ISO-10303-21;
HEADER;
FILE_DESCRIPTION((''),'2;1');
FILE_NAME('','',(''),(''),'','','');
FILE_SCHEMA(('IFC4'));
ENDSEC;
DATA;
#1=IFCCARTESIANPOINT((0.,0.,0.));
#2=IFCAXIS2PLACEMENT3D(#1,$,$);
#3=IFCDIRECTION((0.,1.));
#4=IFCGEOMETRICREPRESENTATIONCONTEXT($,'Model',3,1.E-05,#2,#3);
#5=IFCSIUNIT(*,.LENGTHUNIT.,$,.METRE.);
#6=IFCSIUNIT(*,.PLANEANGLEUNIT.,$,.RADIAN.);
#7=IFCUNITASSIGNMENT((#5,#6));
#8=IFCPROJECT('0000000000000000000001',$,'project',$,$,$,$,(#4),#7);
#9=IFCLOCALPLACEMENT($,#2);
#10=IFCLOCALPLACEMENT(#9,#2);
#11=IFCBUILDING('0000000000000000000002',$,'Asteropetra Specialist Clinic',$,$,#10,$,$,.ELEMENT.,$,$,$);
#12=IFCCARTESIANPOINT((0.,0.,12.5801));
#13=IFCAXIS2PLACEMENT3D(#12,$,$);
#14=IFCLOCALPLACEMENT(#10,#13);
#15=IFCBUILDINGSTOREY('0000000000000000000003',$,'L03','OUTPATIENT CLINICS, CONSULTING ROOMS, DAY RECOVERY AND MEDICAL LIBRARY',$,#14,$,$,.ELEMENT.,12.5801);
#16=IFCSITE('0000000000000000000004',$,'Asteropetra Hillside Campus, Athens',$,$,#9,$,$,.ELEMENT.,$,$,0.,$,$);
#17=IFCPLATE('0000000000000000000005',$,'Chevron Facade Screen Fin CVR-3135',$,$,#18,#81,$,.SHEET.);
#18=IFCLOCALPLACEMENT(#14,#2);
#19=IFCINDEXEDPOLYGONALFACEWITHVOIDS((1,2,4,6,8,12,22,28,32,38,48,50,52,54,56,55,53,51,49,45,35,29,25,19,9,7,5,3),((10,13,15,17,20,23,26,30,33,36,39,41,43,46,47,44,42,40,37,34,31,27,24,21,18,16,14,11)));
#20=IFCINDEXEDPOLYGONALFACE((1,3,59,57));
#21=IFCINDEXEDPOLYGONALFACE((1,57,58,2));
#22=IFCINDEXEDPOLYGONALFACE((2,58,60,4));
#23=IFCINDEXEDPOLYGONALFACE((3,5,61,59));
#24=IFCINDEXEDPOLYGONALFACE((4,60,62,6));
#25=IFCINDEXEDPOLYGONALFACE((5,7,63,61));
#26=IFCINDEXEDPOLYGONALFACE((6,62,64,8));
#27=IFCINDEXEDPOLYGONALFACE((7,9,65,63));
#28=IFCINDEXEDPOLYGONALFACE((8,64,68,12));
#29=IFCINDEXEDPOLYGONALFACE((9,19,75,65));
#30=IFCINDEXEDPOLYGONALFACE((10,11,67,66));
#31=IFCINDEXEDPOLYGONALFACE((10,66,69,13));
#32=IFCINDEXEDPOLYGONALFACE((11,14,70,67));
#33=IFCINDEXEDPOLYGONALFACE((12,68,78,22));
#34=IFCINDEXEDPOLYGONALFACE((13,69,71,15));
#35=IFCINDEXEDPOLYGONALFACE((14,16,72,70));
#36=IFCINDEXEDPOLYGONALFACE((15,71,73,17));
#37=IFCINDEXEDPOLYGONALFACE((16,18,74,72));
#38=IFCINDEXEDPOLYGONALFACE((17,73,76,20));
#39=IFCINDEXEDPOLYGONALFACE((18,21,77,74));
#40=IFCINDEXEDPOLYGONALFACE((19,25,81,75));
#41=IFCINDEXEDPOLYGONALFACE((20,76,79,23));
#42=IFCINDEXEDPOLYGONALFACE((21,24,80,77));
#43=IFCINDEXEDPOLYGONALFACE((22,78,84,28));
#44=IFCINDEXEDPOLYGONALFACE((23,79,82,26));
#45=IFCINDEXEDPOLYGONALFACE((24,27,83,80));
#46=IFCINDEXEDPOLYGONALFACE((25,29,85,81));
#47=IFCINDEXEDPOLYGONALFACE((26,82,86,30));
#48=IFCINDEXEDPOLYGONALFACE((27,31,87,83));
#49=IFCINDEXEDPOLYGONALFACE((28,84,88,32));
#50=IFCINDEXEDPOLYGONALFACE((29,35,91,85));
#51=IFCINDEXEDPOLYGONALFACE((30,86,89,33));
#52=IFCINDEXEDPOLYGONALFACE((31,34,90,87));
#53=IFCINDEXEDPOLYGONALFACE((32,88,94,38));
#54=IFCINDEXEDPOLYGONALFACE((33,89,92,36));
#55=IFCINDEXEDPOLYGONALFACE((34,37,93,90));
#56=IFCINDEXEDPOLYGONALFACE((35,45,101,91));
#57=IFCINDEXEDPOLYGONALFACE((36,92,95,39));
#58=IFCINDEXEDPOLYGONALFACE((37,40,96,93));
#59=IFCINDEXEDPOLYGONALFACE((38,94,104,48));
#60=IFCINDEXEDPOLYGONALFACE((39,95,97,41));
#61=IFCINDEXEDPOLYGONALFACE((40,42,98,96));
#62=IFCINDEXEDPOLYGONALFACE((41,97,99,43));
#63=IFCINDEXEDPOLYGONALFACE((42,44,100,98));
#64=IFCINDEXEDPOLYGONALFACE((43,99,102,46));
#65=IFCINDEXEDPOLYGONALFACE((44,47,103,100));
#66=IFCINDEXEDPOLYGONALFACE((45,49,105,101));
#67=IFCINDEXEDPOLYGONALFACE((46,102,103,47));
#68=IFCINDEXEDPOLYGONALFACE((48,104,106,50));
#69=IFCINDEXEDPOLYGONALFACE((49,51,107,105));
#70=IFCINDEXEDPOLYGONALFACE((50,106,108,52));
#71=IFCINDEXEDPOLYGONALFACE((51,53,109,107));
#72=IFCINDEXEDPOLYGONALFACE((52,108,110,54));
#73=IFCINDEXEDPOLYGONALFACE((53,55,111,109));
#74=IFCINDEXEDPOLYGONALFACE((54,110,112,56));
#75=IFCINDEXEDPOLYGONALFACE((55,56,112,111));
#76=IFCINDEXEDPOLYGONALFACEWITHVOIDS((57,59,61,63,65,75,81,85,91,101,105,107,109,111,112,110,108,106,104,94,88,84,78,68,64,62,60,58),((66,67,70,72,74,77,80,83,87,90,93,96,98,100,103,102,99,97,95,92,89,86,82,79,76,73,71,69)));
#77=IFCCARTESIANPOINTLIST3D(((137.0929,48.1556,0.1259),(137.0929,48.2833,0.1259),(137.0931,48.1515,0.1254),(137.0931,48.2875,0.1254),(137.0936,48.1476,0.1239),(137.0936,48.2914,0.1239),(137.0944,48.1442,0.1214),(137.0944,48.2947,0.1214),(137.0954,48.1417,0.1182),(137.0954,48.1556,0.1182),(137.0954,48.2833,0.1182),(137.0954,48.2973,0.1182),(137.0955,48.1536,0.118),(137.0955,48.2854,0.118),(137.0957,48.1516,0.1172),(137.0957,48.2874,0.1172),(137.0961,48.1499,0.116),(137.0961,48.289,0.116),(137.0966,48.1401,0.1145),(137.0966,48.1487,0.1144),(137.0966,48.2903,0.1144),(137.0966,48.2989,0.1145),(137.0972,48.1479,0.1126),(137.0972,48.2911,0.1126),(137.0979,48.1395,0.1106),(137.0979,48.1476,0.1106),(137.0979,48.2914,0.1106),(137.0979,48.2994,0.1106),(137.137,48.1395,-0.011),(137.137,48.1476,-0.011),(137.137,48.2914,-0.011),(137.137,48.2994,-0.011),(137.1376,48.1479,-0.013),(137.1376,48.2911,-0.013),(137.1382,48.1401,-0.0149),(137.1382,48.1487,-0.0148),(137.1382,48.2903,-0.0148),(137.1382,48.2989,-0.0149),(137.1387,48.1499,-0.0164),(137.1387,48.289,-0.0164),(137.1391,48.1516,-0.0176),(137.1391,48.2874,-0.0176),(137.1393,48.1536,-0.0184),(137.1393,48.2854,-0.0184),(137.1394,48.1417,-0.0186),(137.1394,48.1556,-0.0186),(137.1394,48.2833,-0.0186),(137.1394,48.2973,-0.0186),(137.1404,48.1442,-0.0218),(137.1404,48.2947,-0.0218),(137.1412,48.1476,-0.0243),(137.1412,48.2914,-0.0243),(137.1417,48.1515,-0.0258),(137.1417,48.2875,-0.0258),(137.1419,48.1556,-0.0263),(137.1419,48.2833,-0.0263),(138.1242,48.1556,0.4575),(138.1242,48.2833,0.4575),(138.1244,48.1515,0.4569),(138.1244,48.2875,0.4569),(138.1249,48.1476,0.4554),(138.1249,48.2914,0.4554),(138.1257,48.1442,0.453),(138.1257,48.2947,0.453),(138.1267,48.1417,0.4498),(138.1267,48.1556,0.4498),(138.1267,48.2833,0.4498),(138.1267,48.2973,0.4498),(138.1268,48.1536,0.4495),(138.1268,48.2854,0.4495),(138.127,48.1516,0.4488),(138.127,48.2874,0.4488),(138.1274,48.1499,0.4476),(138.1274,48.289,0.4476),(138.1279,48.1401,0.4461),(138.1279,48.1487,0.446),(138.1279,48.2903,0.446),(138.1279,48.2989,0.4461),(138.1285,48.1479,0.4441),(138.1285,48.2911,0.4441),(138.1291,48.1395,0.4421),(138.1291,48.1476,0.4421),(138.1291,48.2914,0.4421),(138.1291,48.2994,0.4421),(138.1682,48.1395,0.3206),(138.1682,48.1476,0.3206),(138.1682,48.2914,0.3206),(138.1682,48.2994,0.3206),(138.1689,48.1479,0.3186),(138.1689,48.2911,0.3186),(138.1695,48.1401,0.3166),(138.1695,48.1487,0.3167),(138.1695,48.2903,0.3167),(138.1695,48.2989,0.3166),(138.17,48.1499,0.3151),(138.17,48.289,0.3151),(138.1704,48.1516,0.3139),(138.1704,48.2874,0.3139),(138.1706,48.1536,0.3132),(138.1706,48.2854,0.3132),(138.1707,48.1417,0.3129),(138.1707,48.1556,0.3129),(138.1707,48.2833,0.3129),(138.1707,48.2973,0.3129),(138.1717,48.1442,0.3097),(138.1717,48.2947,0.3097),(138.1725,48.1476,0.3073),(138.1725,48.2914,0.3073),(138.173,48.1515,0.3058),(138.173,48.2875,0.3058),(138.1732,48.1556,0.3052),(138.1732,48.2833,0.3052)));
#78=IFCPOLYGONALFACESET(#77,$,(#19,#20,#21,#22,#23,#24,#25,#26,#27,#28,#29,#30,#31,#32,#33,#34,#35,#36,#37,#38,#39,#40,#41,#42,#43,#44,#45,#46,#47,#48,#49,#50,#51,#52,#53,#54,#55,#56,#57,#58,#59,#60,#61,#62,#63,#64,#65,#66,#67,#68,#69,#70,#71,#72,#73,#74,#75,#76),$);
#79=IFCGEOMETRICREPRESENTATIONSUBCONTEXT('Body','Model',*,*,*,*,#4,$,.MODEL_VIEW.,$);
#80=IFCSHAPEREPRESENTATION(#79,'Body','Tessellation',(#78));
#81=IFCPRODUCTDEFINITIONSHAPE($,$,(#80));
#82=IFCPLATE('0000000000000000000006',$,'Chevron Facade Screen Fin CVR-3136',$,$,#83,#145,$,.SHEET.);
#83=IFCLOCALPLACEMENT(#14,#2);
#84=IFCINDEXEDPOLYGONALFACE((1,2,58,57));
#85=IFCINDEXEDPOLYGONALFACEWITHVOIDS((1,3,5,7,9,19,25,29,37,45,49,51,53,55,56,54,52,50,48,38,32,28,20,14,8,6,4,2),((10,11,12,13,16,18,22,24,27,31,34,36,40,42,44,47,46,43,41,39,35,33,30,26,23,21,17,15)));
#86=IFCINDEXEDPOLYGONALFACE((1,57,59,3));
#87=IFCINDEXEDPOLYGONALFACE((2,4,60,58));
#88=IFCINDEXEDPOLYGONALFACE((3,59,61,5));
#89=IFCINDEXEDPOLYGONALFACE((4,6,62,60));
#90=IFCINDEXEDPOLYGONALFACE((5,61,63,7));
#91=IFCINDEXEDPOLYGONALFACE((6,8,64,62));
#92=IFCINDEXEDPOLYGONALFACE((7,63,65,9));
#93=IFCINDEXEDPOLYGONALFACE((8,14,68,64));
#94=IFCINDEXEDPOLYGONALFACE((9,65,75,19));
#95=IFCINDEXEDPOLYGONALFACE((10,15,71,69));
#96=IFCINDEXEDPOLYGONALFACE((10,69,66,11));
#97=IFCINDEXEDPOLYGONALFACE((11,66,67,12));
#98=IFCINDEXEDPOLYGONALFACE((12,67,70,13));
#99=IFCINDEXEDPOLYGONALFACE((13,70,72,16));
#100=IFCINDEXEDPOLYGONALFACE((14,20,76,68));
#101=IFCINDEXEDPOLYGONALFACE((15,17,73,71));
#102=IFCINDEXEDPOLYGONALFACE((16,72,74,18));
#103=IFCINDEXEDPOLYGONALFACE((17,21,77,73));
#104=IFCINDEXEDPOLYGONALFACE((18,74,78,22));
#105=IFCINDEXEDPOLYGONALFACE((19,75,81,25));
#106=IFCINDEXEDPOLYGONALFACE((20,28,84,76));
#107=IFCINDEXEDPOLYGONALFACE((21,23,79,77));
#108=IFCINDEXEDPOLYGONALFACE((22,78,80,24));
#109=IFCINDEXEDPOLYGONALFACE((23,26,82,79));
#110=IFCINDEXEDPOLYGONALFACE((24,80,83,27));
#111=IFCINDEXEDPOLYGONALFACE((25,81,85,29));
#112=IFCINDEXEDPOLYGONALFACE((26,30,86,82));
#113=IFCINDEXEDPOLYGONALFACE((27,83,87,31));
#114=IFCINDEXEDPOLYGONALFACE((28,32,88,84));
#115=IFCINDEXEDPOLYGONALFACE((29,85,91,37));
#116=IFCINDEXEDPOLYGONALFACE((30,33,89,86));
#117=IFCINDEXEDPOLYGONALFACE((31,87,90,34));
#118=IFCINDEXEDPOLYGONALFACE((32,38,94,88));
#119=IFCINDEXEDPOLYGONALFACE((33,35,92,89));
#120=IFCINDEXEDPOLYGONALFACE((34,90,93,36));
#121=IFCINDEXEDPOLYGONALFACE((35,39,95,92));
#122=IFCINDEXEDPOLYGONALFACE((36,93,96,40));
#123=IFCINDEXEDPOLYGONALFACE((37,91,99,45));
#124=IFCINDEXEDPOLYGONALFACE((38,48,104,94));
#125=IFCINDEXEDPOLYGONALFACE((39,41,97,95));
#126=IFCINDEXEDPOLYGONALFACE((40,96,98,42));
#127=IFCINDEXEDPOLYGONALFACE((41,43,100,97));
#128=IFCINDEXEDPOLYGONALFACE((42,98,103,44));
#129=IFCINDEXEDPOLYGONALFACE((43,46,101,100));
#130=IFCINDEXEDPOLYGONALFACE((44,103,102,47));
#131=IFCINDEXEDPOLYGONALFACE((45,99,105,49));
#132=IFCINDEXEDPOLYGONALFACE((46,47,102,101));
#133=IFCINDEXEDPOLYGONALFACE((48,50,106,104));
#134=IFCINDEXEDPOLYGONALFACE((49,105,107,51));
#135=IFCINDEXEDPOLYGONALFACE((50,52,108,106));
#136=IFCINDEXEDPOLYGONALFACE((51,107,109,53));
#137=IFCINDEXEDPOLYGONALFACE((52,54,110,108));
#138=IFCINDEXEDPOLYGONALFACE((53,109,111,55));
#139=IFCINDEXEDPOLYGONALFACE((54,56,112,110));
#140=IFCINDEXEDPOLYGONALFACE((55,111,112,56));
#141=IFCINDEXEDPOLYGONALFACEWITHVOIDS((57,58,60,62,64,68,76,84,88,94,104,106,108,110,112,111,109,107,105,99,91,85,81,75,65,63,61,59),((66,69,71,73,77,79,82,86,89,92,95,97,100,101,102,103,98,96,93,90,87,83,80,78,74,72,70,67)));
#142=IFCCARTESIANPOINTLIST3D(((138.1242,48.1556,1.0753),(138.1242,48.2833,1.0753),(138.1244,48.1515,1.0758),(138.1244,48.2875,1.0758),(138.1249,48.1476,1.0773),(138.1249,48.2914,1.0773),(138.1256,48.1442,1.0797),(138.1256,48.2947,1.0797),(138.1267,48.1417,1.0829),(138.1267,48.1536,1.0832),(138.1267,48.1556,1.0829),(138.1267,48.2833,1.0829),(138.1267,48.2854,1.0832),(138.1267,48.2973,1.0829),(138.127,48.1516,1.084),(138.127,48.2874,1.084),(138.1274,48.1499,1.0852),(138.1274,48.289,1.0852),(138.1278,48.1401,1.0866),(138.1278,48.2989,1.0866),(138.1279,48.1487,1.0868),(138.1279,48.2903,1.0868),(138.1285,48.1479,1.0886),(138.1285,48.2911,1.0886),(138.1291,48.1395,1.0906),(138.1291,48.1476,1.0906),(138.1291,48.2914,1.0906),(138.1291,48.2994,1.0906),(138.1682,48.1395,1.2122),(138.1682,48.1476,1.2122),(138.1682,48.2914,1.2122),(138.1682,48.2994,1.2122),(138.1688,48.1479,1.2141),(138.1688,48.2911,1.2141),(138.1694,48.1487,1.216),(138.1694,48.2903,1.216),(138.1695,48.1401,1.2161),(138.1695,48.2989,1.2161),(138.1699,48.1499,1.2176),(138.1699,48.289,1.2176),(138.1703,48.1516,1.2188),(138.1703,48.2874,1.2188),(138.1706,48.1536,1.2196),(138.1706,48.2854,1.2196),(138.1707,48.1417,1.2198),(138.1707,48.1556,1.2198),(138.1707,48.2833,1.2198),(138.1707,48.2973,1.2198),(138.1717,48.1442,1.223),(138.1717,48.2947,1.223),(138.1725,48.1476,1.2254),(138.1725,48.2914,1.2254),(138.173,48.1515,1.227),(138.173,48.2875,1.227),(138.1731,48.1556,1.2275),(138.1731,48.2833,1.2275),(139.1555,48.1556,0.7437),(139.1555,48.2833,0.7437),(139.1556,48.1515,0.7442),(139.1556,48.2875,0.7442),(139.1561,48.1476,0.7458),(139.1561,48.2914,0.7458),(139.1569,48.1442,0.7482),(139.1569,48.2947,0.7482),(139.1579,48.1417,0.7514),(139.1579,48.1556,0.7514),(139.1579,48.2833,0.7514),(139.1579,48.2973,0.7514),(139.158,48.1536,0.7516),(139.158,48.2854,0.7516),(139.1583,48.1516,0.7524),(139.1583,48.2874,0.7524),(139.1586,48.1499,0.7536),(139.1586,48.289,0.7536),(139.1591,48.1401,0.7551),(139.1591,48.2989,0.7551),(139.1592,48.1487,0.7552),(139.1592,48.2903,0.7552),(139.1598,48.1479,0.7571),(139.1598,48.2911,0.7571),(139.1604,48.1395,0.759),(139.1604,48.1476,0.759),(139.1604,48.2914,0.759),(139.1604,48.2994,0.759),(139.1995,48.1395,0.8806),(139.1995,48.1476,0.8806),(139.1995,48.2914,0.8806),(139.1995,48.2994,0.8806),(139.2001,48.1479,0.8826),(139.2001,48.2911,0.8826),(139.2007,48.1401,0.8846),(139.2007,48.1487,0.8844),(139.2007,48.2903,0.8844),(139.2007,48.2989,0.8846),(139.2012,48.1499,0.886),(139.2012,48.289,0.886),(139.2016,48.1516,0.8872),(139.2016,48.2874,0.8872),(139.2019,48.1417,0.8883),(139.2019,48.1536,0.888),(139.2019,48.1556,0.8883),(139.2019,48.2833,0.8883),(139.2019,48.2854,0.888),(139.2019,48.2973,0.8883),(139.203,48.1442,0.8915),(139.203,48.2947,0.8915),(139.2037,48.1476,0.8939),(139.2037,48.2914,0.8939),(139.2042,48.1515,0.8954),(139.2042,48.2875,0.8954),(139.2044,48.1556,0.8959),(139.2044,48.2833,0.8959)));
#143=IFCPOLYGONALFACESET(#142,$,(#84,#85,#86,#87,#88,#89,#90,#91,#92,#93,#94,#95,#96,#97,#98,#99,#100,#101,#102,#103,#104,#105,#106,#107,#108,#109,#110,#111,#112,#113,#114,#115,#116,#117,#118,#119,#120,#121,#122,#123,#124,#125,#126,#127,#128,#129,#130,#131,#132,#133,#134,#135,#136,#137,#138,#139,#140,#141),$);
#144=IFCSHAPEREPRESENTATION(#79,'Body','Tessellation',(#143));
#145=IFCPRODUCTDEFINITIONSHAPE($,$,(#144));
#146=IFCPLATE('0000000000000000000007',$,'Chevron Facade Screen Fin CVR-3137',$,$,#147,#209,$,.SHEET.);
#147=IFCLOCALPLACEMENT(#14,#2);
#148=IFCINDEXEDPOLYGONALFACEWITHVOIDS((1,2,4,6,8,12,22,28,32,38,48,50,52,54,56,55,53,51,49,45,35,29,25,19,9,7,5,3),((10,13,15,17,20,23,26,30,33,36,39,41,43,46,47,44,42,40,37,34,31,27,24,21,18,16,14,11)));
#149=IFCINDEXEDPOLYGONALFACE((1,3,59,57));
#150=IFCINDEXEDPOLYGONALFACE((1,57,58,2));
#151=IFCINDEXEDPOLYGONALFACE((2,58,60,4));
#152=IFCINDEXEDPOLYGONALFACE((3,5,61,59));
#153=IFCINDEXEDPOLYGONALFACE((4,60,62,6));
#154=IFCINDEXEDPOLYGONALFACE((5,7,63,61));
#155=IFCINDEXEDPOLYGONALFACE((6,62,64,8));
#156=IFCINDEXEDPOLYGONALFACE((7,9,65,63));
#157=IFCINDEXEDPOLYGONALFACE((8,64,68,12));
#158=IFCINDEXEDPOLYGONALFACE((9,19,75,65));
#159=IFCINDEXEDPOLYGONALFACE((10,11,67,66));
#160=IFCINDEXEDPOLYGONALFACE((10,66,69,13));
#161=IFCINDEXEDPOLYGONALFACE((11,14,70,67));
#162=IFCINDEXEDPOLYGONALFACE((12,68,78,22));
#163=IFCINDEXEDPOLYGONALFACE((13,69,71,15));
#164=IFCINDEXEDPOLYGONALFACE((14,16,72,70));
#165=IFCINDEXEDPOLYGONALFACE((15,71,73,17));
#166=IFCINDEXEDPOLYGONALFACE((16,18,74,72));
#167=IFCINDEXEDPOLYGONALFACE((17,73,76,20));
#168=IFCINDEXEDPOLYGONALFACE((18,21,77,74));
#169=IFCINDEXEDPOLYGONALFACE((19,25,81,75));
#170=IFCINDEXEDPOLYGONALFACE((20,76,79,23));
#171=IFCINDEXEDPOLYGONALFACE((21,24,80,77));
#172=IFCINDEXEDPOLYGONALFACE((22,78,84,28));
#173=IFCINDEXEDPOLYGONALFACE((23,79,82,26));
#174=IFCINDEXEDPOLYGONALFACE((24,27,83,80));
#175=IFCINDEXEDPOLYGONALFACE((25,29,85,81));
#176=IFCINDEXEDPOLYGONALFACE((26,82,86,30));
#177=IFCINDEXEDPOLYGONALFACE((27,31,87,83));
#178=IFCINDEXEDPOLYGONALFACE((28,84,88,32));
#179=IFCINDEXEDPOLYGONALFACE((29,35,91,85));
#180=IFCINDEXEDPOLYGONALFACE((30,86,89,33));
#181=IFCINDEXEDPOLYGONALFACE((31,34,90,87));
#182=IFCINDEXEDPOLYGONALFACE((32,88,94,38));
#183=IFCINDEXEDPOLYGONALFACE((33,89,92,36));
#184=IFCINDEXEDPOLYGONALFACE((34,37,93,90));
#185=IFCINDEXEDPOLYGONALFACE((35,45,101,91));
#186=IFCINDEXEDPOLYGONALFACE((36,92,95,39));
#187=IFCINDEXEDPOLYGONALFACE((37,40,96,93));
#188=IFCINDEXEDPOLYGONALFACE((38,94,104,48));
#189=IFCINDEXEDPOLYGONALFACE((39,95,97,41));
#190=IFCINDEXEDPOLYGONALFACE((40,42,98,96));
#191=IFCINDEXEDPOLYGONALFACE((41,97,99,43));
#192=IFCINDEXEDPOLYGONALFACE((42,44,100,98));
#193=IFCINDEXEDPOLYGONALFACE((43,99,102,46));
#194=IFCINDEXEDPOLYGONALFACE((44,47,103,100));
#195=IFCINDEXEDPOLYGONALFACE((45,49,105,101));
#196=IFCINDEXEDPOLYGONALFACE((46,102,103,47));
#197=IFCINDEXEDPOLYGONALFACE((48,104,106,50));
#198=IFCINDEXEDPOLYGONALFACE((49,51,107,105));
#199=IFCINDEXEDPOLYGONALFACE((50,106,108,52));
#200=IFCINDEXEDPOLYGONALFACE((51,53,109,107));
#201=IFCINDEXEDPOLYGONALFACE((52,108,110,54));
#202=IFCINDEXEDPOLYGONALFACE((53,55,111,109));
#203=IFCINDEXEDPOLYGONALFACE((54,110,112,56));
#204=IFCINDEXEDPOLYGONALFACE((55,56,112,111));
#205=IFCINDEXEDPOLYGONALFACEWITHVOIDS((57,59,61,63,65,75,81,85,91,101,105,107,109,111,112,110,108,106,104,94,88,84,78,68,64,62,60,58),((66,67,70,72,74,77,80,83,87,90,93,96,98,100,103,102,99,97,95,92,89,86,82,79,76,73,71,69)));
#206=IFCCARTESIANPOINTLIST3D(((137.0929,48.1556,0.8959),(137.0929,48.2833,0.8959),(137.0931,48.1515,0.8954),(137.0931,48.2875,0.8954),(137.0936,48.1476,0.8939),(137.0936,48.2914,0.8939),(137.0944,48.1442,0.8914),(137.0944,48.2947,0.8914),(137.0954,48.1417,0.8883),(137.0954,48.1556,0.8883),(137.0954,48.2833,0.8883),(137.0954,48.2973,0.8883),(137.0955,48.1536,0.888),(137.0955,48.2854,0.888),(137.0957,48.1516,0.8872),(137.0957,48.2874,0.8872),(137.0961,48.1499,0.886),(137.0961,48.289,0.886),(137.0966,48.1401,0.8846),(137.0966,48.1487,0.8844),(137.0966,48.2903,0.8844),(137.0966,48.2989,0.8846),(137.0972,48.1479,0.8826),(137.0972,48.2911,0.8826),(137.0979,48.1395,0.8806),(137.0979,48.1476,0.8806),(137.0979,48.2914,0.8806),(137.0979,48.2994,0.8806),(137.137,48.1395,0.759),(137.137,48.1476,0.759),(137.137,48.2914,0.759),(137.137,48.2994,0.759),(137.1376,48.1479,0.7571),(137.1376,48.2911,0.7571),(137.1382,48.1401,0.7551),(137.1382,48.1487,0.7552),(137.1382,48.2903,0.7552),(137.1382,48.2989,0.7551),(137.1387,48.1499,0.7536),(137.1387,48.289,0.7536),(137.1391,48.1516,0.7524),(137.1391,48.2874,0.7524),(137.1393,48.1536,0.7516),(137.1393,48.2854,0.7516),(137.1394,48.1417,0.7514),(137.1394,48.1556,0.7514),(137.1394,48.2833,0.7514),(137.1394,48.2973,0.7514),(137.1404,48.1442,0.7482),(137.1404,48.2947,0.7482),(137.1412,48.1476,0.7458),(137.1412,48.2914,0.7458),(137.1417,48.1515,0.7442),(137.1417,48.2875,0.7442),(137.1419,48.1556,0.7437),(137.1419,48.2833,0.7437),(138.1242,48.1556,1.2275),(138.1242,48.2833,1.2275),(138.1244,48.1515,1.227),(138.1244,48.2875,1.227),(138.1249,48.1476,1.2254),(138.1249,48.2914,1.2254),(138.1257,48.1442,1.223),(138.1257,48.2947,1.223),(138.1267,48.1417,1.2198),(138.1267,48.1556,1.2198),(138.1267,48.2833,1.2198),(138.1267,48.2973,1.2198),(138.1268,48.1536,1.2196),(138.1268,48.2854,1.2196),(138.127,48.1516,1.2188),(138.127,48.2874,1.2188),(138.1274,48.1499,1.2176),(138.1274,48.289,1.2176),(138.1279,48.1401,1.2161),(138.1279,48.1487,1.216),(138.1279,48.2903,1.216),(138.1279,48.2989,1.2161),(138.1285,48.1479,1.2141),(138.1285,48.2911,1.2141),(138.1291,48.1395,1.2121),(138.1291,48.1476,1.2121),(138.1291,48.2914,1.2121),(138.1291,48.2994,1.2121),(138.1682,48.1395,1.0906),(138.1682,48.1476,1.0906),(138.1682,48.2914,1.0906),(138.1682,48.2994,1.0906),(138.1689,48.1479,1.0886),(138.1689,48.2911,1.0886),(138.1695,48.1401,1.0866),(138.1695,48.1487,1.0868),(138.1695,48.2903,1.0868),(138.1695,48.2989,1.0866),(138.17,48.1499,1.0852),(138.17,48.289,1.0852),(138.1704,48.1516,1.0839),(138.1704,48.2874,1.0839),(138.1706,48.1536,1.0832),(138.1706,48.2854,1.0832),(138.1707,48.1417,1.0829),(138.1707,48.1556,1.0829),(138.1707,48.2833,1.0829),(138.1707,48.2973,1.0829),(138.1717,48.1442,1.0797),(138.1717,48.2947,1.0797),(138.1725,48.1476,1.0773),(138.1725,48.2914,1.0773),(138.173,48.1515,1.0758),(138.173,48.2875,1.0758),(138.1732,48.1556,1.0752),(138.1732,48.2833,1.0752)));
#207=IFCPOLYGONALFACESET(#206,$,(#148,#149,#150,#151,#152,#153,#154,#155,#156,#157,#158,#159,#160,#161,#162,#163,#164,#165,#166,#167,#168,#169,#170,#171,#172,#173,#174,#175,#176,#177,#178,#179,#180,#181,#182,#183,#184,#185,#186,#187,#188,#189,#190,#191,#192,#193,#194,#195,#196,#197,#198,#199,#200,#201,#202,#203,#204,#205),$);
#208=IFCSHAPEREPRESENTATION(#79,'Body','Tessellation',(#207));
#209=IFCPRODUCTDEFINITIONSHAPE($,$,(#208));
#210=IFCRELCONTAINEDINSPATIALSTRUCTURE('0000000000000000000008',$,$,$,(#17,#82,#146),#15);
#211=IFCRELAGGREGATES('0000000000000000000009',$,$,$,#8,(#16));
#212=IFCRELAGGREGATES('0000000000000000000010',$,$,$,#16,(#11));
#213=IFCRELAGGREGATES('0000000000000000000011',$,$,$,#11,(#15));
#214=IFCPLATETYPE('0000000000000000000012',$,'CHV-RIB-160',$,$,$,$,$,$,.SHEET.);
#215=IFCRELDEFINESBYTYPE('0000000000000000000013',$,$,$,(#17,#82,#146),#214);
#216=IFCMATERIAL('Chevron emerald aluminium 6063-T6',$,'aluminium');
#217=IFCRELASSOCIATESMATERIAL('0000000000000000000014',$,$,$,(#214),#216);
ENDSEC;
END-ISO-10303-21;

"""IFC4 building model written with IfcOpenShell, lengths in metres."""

from ifc_helpers import new_model, si_unit, direction, frame, origin, origin_2d, place, context, subcontext, project, spatial, hollow_rectangle, extrude, material, material_profile, profile_set, type_object, element, save


model = new_model("IFC4")

# Units and contexts
model_context = context("Model", 3, precision=1e-05, world=origin(), true_north=direction((0.0, 1.0)))
body_context = subcontext(model_context, "Body", "Model", "MODEL_VIEW")
ifc_project = project(units=[si_unit("LENGTHUNIT", "METRE"), si_unit("PLANEANGLEUNIT", "RADIAN")], contexts=[model_context])

# Site, building, storey
site_placement = place(None, origin())
site = spatial("IfcSite", under=ifc_project, at=site_placement, Name="Asteropetra Hillside Campus, Athens", CompositionType="ELEMENT", RefElevation=0.0)
building_placement = place(site_placement, origin())
building = spatial("IfcBuilding", under=site, at=building_placement, Name="Asteropetra Specialist Clinic", CompositionType="ELEMENT")
storey_placement = place(building_placement, frame((0.0, 0.0, 12.5801)))
storey = spatial("IfcBuildingStorey", under=building, at=storey_placement, Name="L03", Description="OUTPATIENT CLINICS, CONSULTING ROOMS, DAY RECOVERY AND MEDICAL LIBRARY", CompositionType="ELEMENT", Elevation=12.5801)

# Plates
ifc_material_1 = material(Name="Chevron emerald aluminium 6063-T6", Category="aluminium")
ifc_material_profile = material_profile(ifc_material_1, hollow_rectangle(XDim=0.1599, YDim=0.1599, WallThickness=0.0081, InnerFilletRadius=0.0081, OuterFilletRadius=0.0161, at=origin_2d()), Name="SHS 160x160x8.0")
ifc_profile_set = profile_set([ifc_material_profile], Name="Chevron emerald aluminium 6063-T6")
plate_type_1 = type_object("IfcPlateType", Name="CHV-RIB-160", PredefinedType="SHEET", material=ifc_profile_set)
for number, where, z_axis, x_axis, name in (
    (1, (138.1487, 48.2195, 0.3813), (-0.95201, 0.0, -0.306068), (0.0, -1.0, 0.0), "Chevron Facade Screen Fin CVR-3135"),
    (2, (139.1799, 48.2195, 0.8198), (-0.95201, 0.0, 0.306068), (0.0, -1.0, 0.0), "Chevron Facade Screen Fin CVR-3136"),
    (3, (138.1487, 48.2195, 1.1514), (-0.95201, 0.0, -0.306068), (0.0, -1.0, 0.0), "Chevron Facade Screen Fin CVR-3137"),
):
    element("IfcPlate", number, at=place(storey_placement, frame(where, z_axis=z_axis, x_axis=x_axis)), inside=storey, type_object=plate_type_1, Name=name, PredefinedType="SHEET", context=body_context, shape_type="SweptSolid", body=[
        extrude(hollow_rectangle(XDim=0.1599, YDim=0.1599, WallThickness=0.0081, InnerFilletRadius=0.0081, OuterFilletRadius=0.0161, at=origin_2d()), origin(), (0.0, 0.0, 1.0), 1.0833),
    ])

save(model, "model.ifc")
